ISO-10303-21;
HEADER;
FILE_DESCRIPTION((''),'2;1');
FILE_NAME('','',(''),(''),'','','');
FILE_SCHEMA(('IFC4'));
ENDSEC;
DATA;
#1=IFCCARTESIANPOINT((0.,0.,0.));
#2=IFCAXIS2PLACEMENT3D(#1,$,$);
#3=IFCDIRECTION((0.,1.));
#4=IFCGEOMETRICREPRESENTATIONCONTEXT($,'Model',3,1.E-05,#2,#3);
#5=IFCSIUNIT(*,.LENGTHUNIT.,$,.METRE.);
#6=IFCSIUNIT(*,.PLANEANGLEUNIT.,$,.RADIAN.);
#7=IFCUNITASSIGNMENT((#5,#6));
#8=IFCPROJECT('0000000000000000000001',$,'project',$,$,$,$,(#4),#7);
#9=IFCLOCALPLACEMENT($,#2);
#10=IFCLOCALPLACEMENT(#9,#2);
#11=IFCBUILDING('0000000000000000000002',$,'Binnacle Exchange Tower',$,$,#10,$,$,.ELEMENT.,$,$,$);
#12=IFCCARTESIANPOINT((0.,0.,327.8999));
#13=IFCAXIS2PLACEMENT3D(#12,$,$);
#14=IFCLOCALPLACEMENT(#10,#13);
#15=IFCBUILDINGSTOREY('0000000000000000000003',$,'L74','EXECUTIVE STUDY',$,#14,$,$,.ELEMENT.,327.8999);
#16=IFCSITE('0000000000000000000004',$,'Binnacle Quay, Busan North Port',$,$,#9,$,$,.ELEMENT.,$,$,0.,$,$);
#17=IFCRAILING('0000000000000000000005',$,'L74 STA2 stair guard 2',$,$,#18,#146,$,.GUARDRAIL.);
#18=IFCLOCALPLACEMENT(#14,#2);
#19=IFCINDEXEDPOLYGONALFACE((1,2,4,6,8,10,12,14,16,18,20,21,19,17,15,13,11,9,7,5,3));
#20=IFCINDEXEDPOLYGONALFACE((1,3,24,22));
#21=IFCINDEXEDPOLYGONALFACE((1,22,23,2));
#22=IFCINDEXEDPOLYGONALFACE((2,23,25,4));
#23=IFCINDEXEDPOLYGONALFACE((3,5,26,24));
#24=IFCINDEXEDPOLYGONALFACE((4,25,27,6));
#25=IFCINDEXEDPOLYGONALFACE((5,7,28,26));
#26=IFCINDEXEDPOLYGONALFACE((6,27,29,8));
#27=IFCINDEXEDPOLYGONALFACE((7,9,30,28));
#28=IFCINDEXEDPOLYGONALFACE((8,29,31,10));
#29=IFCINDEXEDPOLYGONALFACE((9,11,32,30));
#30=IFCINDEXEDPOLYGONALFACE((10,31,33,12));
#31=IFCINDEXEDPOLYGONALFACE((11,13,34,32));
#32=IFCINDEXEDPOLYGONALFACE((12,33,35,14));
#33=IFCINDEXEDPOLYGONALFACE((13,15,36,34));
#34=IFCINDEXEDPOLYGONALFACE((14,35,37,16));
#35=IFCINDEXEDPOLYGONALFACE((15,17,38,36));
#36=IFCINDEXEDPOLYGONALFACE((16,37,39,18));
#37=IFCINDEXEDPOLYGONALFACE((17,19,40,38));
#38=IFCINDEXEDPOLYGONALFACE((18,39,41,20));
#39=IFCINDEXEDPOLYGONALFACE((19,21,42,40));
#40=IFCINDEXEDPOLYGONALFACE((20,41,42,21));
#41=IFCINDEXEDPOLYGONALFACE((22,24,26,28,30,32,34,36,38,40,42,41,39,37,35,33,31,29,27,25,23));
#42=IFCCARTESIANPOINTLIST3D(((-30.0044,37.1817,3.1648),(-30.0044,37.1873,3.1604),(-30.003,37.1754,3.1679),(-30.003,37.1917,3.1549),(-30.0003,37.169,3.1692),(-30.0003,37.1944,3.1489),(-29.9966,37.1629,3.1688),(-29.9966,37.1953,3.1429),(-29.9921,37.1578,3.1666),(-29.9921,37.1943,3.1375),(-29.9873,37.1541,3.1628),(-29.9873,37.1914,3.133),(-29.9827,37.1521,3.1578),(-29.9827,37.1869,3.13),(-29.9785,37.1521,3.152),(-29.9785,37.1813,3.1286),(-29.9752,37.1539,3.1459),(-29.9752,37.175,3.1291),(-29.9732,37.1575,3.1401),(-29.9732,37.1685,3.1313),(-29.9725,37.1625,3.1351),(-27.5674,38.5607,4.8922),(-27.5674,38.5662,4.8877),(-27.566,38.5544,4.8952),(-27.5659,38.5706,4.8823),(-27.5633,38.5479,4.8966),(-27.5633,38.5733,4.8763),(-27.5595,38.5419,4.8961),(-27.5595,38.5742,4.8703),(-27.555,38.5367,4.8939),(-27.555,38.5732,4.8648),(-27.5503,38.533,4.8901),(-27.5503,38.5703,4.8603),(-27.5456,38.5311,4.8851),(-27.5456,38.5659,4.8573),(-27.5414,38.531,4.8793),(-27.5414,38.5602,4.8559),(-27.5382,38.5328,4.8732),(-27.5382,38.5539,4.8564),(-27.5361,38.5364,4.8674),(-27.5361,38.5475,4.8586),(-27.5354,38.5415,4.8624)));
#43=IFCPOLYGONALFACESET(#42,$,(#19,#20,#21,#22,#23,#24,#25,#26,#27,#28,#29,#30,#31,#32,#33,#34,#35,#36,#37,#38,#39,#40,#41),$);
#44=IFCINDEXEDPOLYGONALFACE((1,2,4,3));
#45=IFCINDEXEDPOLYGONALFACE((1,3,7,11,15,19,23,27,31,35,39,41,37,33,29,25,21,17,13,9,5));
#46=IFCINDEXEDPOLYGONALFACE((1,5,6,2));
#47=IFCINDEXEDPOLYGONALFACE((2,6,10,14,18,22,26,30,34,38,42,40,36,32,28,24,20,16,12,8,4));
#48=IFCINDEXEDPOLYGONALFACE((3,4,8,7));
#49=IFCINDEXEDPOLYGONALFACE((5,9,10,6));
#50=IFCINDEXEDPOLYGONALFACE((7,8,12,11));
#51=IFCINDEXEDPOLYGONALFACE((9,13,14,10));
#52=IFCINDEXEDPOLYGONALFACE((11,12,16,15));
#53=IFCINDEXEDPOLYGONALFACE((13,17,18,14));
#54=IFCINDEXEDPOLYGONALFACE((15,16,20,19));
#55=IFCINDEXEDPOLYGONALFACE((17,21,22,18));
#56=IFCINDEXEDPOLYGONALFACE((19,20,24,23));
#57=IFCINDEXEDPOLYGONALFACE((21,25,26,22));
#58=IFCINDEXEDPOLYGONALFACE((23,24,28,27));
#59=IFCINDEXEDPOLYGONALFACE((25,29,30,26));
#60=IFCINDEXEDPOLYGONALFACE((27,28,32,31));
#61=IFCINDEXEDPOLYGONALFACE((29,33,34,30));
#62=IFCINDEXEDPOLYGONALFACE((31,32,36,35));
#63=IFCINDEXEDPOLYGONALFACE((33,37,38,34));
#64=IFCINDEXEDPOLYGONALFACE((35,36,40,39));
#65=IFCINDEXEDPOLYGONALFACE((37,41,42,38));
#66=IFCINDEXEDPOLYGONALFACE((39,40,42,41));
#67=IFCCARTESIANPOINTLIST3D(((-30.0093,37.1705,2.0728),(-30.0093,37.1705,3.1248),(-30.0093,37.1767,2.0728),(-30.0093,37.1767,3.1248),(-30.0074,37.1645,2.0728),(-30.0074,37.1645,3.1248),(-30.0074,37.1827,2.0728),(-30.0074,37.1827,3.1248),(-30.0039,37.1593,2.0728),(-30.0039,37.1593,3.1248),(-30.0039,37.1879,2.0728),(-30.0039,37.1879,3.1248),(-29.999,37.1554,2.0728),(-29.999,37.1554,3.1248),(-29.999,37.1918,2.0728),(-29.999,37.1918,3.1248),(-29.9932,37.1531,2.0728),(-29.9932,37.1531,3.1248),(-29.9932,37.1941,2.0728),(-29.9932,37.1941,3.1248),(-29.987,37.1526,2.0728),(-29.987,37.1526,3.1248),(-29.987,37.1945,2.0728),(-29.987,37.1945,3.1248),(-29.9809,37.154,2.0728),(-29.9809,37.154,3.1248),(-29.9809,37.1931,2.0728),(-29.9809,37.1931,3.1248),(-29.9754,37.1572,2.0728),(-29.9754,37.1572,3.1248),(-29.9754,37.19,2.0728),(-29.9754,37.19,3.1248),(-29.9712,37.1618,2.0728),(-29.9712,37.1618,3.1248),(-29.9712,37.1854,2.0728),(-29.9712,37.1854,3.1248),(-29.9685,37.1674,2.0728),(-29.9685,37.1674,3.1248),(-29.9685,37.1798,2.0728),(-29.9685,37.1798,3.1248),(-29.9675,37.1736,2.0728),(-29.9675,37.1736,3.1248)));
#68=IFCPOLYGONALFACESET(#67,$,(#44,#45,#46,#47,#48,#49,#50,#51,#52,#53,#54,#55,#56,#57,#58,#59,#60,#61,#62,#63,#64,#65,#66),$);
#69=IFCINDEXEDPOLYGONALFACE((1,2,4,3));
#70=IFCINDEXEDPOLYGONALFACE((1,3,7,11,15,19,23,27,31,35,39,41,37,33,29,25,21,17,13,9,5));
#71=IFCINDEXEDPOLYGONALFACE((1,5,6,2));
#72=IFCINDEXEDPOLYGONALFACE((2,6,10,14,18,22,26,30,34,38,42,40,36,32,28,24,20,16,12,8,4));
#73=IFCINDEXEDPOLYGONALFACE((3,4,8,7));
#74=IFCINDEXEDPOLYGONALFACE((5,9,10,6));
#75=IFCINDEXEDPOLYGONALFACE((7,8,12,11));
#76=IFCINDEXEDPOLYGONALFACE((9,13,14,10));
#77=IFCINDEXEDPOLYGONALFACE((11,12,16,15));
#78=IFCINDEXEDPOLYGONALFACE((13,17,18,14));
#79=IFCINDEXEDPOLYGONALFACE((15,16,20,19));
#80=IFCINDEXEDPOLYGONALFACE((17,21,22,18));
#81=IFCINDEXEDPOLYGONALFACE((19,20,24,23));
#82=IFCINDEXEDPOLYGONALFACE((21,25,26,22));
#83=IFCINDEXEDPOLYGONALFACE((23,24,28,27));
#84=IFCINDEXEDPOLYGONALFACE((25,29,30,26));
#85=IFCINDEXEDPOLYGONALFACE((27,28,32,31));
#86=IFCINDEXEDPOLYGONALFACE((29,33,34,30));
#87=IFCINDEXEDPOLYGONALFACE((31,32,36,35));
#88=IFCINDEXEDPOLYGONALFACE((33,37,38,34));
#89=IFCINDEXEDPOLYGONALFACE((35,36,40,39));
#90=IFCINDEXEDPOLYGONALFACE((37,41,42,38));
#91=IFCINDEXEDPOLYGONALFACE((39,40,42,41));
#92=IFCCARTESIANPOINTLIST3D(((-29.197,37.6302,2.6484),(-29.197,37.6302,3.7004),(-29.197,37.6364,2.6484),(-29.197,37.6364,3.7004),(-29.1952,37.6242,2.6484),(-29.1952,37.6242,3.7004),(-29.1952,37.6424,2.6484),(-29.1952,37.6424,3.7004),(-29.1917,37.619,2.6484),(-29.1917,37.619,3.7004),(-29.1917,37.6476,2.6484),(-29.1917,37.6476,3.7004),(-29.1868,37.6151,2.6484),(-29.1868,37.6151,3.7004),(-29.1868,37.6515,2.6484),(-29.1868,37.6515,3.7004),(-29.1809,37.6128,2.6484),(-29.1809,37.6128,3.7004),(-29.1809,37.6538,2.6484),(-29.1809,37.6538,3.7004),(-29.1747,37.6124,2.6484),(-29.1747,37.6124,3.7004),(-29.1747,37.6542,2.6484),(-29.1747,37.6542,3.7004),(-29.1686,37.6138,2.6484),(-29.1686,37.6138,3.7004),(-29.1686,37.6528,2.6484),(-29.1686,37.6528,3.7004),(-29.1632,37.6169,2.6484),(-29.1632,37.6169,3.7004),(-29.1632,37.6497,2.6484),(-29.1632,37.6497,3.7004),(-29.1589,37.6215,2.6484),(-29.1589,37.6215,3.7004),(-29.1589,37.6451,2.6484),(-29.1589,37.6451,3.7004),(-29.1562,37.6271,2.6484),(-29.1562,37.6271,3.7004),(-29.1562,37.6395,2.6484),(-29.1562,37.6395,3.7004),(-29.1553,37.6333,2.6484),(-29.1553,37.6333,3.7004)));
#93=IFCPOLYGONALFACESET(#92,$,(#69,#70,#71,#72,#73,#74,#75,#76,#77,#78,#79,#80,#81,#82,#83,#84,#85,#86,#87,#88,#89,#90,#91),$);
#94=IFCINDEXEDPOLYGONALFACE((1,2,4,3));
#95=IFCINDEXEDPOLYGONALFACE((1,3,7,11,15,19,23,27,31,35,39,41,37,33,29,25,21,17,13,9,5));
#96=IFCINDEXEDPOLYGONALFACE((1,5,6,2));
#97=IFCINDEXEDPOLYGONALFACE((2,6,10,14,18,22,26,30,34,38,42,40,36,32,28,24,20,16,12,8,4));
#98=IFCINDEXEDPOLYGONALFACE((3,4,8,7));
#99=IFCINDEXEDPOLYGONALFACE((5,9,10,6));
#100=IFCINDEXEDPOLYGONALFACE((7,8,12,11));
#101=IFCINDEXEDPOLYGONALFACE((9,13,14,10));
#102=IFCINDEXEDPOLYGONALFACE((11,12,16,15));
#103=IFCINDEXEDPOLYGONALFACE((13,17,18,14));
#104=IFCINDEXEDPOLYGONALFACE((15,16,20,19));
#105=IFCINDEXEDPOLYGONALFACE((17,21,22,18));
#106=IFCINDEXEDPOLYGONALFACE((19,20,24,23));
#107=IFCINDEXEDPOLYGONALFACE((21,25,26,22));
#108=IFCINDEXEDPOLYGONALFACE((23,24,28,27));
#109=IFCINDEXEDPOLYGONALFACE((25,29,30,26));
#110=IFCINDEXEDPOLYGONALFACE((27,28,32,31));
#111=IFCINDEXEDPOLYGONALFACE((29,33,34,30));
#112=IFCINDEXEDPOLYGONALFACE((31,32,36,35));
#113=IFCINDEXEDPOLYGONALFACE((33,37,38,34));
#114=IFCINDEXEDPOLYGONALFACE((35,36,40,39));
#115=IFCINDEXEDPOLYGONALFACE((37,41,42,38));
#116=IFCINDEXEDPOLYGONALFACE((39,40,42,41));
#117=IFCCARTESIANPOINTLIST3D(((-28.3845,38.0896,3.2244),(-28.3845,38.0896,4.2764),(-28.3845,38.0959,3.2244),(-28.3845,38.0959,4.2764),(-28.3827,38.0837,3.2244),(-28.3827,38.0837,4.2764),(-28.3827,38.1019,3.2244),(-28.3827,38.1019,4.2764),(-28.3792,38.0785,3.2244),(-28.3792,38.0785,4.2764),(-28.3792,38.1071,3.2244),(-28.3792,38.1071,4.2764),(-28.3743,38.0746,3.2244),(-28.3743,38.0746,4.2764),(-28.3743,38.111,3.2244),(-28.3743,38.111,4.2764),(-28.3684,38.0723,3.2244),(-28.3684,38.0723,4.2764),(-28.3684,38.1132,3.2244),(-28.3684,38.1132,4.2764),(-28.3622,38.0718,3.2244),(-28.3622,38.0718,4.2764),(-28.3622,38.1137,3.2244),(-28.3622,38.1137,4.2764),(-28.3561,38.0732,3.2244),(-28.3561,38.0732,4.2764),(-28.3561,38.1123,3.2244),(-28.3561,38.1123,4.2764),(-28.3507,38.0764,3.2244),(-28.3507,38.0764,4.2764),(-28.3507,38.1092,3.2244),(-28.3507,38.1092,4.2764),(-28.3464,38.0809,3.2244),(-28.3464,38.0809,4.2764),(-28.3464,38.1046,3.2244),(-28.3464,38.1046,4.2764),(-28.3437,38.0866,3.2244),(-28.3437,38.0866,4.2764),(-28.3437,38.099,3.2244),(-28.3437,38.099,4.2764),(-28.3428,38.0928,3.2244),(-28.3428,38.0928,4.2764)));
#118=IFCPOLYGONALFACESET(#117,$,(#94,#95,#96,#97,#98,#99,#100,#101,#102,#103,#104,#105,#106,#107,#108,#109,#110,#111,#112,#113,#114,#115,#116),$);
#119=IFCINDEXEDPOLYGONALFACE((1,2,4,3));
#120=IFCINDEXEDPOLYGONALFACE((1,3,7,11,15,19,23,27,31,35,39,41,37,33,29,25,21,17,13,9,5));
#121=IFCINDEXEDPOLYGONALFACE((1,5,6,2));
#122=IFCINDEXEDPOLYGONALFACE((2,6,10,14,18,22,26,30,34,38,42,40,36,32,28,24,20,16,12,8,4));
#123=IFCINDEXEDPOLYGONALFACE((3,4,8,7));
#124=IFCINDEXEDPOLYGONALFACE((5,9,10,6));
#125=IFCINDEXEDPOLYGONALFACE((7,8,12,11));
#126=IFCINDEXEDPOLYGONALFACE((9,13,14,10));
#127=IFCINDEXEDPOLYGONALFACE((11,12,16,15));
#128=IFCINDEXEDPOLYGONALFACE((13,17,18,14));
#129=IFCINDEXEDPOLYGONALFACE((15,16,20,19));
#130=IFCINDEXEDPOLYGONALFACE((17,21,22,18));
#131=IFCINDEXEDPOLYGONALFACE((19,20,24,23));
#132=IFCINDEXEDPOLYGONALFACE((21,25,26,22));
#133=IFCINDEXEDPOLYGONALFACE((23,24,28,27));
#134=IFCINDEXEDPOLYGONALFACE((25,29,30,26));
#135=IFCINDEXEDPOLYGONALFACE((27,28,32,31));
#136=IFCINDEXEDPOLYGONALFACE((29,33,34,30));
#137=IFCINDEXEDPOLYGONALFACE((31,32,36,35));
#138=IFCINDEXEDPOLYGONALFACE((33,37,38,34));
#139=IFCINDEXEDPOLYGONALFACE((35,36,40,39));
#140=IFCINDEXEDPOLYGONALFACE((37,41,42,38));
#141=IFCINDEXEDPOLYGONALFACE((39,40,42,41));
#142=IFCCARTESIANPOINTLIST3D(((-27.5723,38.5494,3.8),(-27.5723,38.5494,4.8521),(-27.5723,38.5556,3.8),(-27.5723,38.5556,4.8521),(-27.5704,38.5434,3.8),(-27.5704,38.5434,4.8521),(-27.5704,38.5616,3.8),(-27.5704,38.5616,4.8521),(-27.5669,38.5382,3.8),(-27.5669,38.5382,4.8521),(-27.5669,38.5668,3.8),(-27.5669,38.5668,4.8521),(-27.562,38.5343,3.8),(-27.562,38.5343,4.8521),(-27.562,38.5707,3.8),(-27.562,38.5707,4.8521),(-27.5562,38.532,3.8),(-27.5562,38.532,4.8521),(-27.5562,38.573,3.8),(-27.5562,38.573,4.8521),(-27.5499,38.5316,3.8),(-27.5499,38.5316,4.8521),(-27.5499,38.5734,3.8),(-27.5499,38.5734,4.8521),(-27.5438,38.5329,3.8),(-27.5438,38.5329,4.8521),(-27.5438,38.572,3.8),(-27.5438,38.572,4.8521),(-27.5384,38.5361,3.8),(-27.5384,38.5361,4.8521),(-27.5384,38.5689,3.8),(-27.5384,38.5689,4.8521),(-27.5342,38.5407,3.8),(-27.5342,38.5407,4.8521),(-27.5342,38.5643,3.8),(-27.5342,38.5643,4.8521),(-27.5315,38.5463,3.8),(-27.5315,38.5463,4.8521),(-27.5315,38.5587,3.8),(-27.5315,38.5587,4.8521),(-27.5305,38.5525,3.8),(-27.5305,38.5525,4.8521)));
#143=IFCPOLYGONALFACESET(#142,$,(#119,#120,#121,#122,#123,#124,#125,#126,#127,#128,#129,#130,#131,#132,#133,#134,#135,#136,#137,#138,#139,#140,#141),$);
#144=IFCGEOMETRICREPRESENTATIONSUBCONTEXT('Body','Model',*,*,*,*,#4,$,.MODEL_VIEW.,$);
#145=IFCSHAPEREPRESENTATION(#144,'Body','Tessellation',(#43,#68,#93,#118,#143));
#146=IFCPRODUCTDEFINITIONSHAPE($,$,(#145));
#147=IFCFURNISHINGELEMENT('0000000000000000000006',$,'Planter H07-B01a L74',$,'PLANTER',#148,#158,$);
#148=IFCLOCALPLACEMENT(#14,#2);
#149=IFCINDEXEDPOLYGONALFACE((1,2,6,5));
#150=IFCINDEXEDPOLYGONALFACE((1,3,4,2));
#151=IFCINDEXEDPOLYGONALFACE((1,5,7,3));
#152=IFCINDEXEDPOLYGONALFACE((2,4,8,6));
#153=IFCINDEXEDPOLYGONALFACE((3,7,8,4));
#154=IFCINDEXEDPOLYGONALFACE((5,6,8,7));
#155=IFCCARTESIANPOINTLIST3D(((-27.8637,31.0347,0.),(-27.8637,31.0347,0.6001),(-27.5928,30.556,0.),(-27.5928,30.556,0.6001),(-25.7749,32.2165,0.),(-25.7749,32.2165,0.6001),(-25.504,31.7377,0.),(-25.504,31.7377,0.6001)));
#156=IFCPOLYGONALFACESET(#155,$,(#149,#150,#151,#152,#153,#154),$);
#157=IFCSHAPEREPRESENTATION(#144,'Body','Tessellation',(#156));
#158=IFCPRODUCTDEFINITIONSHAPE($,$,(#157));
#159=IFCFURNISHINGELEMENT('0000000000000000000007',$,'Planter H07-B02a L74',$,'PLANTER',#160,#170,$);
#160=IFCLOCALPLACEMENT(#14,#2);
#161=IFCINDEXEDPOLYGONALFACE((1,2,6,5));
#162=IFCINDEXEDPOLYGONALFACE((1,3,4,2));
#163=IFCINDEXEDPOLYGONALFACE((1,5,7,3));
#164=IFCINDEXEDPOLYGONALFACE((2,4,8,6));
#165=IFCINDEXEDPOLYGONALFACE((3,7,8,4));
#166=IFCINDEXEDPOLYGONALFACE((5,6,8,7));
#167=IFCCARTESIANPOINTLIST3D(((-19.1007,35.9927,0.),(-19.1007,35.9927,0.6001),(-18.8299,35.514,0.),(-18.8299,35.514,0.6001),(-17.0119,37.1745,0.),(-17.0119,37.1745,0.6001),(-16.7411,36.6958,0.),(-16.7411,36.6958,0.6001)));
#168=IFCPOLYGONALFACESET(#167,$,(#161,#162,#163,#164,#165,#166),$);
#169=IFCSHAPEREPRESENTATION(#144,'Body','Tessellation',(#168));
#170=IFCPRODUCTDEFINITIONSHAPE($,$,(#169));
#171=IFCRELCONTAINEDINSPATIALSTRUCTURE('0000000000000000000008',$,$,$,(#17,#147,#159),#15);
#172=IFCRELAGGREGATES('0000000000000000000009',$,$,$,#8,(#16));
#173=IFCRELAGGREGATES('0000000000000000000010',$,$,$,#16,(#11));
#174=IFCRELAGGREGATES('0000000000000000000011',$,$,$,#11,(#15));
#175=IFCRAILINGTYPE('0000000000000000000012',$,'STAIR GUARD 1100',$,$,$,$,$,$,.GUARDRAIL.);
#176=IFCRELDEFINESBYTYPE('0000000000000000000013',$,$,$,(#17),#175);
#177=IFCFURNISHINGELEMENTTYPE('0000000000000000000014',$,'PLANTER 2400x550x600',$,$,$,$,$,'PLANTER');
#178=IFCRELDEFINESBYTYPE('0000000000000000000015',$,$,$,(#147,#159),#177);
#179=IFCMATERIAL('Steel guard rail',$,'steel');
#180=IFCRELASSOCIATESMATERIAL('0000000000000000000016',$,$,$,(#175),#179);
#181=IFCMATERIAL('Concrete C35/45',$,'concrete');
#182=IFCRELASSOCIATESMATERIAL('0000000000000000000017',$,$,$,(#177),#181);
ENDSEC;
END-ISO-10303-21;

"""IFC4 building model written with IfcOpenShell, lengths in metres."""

from ifc_helpers import new_model, si_unit, direction, frame, origin, origin_2d, place, context, subcontext, project, spatial, rectangle, circle, extrude, material, type_object, element, save


model = new_model("IFC4")

# Units and contexts
model_context = context("Model", 3, precision=1e-05, world=origin(), true_north=direction((0.0, 1.0)))
body_context = subcontext(model_context, "Body", "Model", "MODEL_VIEW")
ifc_project = project(units=[si_unit("LENGTHUNIT", "METRE"), si_unit("PLANEANGLEUNIT", "RADIAN")], contexts=[model_context])

# Site, building, storey
site_placement = place(None, origin())
site = spatial("IfcSite", under=ifc_project, at=site_placement, Name="Binnacle Quay, Busan North Port", CompositionType="ELEMENT", RefElevation=0.0)
building_placement = place(site_placement, origin())
building = spatial("IfcBuilding", under=site, at=building_placement, Name="Binnacle Exchange Tower", CompositionType="ELEMENT")
storey_placement = place(building_placement, frame((0.0, 0.0, 327.8999)))
storey = spatial("IfcBuildingStorey", under=building, at=storey_placement, Name="L74", Description="EXECUTIVE STUDY", CompositionType="ELEMENT", Elevation=327.8999)

# Shared definitions
ifc_material_1 = material(Name="Concrete C35/45", Category="concrete")

# Railing
ifc_material_2 = material(Name="Steel guard rail", Category="steel")
railing_type_1 = type_object("IfcRailingType", Name="STAIR GUARD 1100", PredefinedType="GUARDRAIL", material=ifc_material_2)
railing_1_placement = place(storey_placement, frame((-29.9885, 37.1736, 2.0728)))
element("IfcRailing", 1, at=railing_1_placement, inside=storey, type_object=railing_type_1, Name="L74 STA2 stair guard 2", PredefinedType="GUARDRAIL", context=body_context, shape_type="SweptSolid", body=[
    extrude(circle(Radius=0.0239, at=origin_2d()), frame((0.0, 0.0, 1.0762), z_axis=(0.740738, 0.419123, 0.525017), x_axis=(-0.492454, 0.870339, 0.0)), (0.0, 0.0, 1.0), 3.29),
    extrude(circle(Radius=0.021, at=origin_2d()), origin(), (0.0, 0.0, 1.0), 1.052),
    extrude(circle(Radius=0.021, at=origin_2d()), frame((0.8123, 0.4597, 0.5757)), (0.0, 0.0, 1.0), 1.052),
    extrude(circle(Radius=0.021, at=origin_2d()), frame((1.6248, 0.9192, 1.1516)), (0.0, 0.0, 1.0), 1.052),
    extrude(circle(Radius=0.021, at=origin_2d()), frame((2.437, 1.3789, 1.7273)), (0.0, 0.0, 1.0), 1.052),
])

# Furnishing elements
furnishing_element_type = type_object("IfcFurnishingElementType", Name="PLANTER 2400x550x600", ElementType="PLANTER", material=ifc_material_1)
for number, where, z_axis, x_axis, name in (
    (2, (-26.6838, 31.3862, 0.0), (0.0, 0.0, 1.0), (0.870356, 0.492424, 0.0), "Planter H07-B01a L74"),
    (3, (-17.9209, 36.3442, 0.0), (0.0, 0.0, 1.0), (0.870356, 0.492424, 0.0), "Planter H07-B02a L74"),
):
    element("IfcFurnishingElement", number, at=place(storey_placement, frame(where, z_axis=z_axis, x_axis=x_axis)), inside=storey, type_object=furnishing_element_type, Name=name, ObjectType="PLANTER", context=body_context, shape_type="SweptSolid", body=[
        extrude(rectangle(XDim=2.3999, YDim=0.55, at=origin_2d()), origin(), (0.0, 0.0, 1.0), 0.6001),
    ])

save(model, "model.ifc")
